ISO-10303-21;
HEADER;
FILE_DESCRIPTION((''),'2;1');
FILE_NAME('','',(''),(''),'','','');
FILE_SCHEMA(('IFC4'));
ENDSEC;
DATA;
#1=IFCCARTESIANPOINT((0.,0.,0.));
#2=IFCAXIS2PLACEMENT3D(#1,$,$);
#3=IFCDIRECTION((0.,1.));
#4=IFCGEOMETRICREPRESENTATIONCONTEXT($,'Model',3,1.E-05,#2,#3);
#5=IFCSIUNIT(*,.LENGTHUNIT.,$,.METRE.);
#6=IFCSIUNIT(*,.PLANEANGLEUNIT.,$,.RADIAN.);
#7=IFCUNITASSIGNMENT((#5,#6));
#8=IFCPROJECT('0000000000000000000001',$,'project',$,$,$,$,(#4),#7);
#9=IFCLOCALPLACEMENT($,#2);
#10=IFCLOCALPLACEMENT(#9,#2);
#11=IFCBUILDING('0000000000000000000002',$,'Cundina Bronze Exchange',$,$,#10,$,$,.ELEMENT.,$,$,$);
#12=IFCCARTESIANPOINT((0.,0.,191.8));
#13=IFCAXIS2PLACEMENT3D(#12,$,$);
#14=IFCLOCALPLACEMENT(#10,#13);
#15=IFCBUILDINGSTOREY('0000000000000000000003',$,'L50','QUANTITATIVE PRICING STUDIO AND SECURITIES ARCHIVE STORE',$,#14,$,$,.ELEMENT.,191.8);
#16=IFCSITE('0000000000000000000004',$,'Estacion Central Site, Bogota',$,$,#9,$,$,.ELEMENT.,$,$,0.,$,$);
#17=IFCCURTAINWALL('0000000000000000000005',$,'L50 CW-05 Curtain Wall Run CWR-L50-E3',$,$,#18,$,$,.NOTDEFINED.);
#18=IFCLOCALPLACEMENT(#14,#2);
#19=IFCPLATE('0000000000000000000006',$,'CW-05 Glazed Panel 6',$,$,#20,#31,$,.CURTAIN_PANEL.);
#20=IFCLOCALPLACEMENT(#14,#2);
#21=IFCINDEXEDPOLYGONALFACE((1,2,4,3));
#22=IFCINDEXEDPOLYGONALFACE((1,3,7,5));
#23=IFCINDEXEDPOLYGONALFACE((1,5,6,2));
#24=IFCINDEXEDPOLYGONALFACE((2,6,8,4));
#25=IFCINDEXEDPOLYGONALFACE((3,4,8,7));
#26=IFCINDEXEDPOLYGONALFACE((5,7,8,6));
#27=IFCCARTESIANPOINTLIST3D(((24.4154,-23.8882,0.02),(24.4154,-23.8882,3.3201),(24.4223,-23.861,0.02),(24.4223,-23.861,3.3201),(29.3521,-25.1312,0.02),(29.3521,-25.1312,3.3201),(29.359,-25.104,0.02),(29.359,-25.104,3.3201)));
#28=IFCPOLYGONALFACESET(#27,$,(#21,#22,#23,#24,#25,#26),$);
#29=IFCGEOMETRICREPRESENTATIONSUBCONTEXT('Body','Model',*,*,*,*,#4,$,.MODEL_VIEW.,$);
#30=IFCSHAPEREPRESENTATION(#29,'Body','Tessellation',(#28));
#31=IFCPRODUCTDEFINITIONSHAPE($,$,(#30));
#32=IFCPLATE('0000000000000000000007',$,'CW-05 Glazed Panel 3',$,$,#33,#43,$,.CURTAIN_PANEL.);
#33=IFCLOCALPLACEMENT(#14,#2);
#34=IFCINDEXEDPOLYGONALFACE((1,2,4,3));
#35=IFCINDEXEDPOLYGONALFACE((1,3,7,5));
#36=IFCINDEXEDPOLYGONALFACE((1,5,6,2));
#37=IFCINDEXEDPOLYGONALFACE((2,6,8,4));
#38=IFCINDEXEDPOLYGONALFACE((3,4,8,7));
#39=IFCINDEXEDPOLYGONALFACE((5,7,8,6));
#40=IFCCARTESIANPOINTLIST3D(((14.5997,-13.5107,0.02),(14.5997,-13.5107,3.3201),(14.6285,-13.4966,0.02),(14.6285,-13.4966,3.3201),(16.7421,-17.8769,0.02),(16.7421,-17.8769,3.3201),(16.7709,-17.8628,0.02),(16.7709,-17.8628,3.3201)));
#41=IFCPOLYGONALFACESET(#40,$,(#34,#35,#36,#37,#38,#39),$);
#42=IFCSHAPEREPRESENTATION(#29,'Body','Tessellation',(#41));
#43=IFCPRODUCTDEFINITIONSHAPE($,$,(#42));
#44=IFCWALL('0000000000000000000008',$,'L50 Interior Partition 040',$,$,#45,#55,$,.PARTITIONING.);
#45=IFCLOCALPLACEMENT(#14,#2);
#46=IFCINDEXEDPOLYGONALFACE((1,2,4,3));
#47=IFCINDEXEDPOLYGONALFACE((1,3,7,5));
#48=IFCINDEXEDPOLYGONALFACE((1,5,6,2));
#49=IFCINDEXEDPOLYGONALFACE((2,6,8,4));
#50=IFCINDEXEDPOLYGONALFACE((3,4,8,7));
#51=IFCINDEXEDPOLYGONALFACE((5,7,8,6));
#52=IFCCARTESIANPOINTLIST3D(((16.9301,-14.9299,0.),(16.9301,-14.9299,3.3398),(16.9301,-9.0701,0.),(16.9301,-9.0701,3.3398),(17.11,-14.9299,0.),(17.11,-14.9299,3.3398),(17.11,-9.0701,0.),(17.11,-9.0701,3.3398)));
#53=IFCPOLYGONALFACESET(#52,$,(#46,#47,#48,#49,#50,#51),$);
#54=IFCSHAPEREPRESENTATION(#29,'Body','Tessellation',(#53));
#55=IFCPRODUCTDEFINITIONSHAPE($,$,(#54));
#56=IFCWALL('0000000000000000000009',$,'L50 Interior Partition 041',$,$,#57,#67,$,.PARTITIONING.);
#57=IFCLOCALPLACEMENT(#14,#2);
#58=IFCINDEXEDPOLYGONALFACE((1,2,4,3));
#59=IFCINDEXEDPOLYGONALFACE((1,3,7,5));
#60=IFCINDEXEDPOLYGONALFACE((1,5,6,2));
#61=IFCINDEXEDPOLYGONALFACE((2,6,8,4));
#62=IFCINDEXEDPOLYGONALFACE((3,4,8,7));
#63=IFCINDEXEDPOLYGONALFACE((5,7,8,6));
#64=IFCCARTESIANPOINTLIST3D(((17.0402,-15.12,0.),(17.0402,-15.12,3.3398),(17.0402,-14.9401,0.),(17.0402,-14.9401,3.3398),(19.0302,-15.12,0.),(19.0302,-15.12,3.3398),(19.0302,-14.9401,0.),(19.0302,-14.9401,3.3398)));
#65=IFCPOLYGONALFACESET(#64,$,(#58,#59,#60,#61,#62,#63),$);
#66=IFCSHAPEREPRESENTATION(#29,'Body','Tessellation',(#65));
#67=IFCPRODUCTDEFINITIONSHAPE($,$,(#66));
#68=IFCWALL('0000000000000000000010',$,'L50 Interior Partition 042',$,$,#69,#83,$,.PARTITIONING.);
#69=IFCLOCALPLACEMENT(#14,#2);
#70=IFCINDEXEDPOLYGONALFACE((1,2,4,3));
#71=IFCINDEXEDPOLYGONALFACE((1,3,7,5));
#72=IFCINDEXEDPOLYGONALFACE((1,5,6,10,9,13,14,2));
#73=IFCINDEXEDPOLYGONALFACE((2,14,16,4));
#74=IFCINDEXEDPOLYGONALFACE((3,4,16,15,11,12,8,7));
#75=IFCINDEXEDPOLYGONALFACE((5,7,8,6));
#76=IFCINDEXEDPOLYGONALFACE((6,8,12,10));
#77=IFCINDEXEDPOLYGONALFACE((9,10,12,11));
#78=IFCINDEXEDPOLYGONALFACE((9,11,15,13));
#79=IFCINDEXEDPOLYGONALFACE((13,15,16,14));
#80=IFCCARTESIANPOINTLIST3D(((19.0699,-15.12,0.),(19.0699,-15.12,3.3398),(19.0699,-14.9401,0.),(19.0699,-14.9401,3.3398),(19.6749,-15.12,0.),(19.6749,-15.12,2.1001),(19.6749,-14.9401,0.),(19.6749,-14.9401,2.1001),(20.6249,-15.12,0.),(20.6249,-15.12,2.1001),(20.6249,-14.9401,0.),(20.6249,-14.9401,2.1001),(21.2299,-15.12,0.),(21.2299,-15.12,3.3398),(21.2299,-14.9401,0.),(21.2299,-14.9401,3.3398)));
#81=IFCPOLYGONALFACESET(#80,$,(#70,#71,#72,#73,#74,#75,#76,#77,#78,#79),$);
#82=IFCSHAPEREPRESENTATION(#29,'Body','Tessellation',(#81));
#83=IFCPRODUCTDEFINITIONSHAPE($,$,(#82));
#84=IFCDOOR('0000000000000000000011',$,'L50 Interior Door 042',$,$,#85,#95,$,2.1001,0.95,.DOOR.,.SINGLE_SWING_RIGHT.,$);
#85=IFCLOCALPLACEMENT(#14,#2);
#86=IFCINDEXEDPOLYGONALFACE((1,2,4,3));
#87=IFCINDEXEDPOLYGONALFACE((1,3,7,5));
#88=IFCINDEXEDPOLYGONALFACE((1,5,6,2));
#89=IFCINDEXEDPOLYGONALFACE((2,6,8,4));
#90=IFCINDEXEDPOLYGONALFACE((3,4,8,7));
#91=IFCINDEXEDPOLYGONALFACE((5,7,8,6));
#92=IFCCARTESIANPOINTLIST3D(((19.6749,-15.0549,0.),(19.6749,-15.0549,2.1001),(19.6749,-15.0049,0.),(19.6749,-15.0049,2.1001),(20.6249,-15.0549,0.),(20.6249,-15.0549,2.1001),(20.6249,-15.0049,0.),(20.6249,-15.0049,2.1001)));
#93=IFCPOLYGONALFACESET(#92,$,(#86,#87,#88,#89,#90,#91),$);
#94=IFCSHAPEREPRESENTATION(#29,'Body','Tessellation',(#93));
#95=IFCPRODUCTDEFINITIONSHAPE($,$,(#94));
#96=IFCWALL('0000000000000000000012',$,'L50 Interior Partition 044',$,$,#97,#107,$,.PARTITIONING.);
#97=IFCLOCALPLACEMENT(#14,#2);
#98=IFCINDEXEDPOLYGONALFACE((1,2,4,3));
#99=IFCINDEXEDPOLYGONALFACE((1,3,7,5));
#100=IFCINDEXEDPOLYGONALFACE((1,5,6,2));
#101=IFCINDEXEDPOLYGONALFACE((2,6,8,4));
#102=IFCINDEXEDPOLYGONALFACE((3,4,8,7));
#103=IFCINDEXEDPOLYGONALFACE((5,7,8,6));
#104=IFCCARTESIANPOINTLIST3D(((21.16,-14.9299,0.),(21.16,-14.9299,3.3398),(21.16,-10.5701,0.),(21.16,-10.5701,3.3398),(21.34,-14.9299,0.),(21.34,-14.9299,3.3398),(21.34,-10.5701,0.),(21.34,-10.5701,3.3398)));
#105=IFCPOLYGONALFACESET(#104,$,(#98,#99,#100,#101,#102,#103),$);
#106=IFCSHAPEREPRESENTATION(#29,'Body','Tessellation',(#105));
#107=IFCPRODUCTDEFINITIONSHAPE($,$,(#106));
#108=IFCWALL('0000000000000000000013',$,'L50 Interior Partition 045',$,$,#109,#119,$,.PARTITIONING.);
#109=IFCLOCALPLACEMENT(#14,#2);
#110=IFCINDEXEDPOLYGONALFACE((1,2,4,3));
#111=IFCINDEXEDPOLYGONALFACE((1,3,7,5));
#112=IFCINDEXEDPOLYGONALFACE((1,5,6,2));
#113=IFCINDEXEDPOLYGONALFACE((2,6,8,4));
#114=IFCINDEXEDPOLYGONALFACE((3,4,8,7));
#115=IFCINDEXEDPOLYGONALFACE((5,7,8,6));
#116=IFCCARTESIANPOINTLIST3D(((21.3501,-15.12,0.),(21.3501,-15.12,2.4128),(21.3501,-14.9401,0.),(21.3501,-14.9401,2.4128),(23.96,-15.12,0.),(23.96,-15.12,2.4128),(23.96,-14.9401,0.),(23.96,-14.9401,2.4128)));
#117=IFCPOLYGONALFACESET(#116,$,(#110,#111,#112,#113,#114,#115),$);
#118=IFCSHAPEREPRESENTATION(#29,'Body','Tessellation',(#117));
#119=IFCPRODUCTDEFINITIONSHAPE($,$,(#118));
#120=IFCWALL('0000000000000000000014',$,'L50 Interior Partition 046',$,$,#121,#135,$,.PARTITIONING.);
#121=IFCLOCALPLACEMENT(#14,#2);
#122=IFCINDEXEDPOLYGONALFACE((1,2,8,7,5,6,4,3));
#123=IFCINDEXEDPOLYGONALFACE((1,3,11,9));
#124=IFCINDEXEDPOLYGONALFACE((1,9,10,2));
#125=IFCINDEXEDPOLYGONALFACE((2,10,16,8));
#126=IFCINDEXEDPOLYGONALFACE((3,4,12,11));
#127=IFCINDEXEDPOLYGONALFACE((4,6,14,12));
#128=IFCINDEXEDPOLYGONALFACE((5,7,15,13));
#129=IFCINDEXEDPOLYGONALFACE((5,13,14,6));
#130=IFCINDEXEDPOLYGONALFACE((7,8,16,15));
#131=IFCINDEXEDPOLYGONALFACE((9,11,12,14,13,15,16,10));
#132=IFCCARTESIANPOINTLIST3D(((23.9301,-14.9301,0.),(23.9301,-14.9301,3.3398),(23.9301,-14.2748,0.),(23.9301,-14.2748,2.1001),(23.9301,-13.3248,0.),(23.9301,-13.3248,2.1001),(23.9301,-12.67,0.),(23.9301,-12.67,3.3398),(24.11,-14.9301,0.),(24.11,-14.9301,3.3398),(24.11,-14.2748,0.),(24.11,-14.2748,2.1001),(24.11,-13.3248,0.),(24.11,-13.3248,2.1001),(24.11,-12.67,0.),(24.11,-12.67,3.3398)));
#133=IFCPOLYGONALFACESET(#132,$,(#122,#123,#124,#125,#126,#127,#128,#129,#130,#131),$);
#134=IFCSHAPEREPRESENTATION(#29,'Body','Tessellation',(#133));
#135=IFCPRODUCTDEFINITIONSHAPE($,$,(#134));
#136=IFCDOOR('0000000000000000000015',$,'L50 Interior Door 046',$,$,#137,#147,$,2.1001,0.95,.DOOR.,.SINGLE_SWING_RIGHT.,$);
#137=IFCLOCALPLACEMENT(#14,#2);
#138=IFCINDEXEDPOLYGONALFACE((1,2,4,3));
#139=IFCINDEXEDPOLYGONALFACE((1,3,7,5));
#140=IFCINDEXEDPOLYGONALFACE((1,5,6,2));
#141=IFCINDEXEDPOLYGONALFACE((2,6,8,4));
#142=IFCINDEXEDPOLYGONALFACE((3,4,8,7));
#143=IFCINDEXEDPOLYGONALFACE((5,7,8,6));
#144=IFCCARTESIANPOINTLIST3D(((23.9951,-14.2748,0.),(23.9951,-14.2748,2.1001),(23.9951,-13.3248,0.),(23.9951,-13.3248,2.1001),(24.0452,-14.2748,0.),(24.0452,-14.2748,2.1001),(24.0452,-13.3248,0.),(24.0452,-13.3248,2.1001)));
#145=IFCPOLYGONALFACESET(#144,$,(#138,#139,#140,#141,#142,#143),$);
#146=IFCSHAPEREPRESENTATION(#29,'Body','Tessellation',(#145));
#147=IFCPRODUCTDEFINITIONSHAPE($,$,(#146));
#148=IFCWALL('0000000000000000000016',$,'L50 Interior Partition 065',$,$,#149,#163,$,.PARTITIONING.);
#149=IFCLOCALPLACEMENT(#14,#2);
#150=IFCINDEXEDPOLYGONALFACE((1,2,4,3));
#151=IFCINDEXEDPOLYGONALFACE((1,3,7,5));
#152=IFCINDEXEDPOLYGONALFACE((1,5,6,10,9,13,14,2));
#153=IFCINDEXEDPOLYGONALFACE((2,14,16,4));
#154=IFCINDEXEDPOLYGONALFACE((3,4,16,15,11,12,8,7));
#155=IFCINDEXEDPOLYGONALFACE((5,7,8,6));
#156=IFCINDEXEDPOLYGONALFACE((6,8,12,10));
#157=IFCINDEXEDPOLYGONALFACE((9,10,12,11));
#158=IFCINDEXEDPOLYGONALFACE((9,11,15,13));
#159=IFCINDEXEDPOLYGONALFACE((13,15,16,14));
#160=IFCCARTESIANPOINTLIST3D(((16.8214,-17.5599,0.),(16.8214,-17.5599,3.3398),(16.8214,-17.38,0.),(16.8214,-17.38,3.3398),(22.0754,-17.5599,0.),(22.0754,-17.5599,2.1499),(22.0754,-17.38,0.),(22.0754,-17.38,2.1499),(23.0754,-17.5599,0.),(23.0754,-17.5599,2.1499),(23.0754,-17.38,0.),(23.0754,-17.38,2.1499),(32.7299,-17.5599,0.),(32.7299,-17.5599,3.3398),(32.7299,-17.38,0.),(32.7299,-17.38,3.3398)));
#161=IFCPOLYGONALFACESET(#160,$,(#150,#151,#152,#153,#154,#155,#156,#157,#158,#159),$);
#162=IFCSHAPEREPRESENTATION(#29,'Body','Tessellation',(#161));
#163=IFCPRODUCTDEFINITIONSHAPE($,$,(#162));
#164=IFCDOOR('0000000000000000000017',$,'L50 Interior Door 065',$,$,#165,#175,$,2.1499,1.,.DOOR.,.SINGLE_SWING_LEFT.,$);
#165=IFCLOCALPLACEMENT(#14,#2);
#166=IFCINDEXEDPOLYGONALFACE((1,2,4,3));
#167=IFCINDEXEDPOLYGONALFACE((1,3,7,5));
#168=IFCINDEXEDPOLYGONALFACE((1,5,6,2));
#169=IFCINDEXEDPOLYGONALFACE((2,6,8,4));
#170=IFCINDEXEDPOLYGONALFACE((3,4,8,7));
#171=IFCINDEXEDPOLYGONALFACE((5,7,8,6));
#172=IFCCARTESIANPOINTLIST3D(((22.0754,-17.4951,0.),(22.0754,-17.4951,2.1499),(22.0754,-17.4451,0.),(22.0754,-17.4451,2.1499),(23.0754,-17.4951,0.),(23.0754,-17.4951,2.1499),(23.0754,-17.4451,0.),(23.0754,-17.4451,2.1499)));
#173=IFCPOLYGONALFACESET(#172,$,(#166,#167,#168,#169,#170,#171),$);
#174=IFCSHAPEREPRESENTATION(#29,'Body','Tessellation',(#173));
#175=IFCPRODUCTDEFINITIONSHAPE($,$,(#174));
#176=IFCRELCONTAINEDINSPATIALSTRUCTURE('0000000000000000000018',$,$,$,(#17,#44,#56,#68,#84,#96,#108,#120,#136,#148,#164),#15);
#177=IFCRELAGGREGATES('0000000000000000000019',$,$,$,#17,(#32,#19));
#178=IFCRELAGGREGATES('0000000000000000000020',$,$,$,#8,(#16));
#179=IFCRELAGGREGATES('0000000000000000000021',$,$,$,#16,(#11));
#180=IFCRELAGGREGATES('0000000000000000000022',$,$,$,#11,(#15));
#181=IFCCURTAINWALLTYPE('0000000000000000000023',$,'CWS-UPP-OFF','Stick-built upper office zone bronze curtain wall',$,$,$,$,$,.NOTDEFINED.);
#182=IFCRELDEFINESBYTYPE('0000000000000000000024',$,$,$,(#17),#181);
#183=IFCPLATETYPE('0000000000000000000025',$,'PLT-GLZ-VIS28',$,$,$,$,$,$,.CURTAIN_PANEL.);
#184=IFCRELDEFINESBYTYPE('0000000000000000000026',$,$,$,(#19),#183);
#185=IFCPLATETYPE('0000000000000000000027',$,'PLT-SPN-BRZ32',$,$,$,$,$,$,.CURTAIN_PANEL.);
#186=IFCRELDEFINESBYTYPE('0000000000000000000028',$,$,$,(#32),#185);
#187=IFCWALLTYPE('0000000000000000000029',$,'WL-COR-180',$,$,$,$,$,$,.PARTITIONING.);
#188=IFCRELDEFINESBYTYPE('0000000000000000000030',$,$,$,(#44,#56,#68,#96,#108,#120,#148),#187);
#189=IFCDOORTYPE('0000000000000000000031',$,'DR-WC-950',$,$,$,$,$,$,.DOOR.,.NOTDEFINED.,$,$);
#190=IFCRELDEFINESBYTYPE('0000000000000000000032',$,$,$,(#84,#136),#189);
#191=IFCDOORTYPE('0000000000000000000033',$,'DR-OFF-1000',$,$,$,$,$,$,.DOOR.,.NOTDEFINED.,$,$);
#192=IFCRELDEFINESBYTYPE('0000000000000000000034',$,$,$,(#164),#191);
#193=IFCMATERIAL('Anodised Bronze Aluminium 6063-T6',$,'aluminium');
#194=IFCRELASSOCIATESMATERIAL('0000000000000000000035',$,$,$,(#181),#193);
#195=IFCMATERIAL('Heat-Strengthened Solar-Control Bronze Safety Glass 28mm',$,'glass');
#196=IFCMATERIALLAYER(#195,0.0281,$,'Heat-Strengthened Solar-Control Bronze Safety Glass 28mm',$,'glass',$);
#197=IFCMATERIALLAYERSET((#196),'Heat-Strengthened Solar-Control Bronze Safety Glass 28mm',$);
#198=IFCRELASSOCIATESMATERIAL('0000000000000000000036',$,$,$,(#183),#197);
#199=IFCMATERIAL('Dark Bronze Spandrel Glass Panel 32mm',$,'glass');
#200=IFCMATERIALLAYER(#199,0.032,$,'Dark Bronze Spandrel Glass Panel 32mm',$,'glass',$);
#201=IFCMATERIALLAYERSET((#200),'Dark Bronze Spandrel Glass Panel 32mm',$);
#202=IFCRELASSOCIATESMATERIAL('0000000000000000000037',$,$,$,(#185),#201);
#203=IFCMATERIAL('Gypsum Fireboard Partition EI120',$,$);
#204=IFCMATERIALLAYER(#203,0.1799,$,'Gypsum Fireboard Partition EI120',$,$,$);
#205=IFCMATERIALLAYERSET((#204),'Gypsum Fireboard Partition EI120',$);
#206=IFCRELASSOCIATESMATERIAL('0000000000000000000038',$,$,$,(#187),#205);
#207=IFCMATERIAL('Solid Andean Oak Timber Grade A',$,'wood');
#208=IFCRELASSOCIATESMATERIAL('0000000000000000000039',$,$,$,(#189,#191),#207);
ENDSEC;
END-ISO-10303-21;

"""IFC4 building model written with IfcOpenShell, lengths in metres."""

from ifc_helpers import new_model, si_unit, direction, frame, frame_2d, origin, origin_2d, place, context, subcontext, project, spatial, rectangle, extrude, material, layer, layer_set, type_object, element, fill, aggregate, save


model = new_model("IFC4")

# Units and contexts
model_context = context("Model", 3, precision=1e-05, world=origin(), true_north=direction((0.0, 1.0)))
body_context = subcontext(model_context, "Body", "Model", "MODEL_VIEW")
ifc_project = project(units=[si_unit("LENGTHUNIT", "METRE"), si_unit("PLANEANGLEUNIT", "RADIAN")], contexts=[model_context])

# Site, building, storey
site_placement = place(None, origin())
site = spatial("IfcSite", under=ifc_project, at=site_placement, Name="Estacion Central Site, Bogota", CompositionType="ELEMENT", RefElevation=0.0)
building_placement = place(site_placement, origin())
building = spatial("IfcBuilding", under=site, at=building_placement, Name="Cundina Bronze Exchange", CompositionType="ELEMENT")
storey_placement = place(building_placement, frame((0.0, 0.0, 191.8)))
storey = spatial("IfcBuildingStorey", under=building, at=storey_placement, Name="L50", Description="QUANTITATIVE PRICING STUDIO AND SECURITIES ARCHIVE STORE", CompositionType="ELEMENT", Elevation=191.8)

# Curtain wall, plates
ifc_material_1 = material(Name="Anodised Bronze Aluminium 6063-T6", Category="aluminium")
curtain_wall_type = type_object("IfcCurtainWallType", Name="CWS-UPP-OFF", Description="Stick-built upper office zone bronze curtain wall", PredefinedType="NOTDEFINED", material=ifc_material_1)
curtain_wall_placement = place(storey_placement, origin())
curtain_wall = element("IfcCurtainWall", 1, at=curtain_wall_placement, inside=storey, type_object=curtain_wall_type, Name="L50 CW-05 Curtain Wall Run CWR-L50-E3", PredefinedType="NOTDEFINED")
ifc_material_2 = material(Name="Heat-Strengthened Solar-Control Bronze Safety Glass 28mm", Category="glass")
ifc_layer_1 = layer(ifc_material_2, 0.0281, Name="Heat-Strengthened Solar-Control Bronze Safety Glass 28mm", Category="glass")
ifc_layer_set_1 = layer_set([ifc_layer_1], Name="Heat-Strengthened Solar-Control Bronze Safety Glass 28mm")
plate_type_1 = type_object("IfcPlateType", Name="PLT-GLZ-VIS28", PredefinedType="CURTAIN_PANEL", material=ifc_layer_set_1)
plate_1_placement = place(storey_placement, frame((26.8872, -24.4961, 0.02), z_axis=(0.0, 0.0, 1.0), x_axis=(0.969732, -0.244174, 0.0)))
plate_1 = element("IfcPlate", 2, at=plate_1_placement, type_object=plate_type_1, Name="CW-05 Glazed Panel 6", PredefinedType="CURTAIN_PANEL", context=body_context, shape_type="SweptSolid", body=[
    extrude(rectangle(XDim=5.0908, YDim=0.0281, at=origin_2d()), origin(), (0.0, 0.0, 1.0), 3.3),
])
ifc_material_3 = material(Name="Dark Bronze Spandrel Glass Panel 32mm", Category="glass")
ifc_layer_2 = layer(ifc_material_3, 0.032, Name="Dark Bronze Spandrel Glass Panel 32mm", Category="glass")
ifc_layer_set_2 = layer_set([ifc_layer_2], Name="Dark Bronze Spandrel Glass Panel 32mm")
plate_type_2 = type_object("IfcPlateType", Name="PLT-SPN-BRZ32", PredefinedType="CURTAIN_PANEL", material=ifc_layer_set_2)
plate_2_placement = place(storey_placement, frame((15.6853, -15.6868, 0.02), z_axis=(0.0, 0.0, 1.0), x_axis=(0.440503, -0.897751, 0.0)))
plate_2 = element("IfcPlate", 3, at=plate_2_placement, type_object=plate_type_2, Name="CW-05 Glazed Panel 3", PredefinedType="CURTAIN_PANEL", context=body_context, shape_type="SweptSolid", body=[
    extrude(rectangle(XDim=4.8635, YDim=0.032, at=origin_2d()), origin(), (0.0, 0.0, 1.0), 3.3),
])
aggregate(curtain_wall, [plate_2, plate_1])

# Walls
ifc_material_4 = material(Name="Gypsum Fireboard Partition EI120")
ifc_layer_3 = layer(ifc_material_4, 0.1799, Name="Gypsum Fireboard Partition EI120")
ifc_layer_set_3 = layer_set([ifc_layer_3], Name="Gypsum Fireboard Partition EI120")
wall_type_1 = type_object("IfcWallType", Name="WL-COR-180", PredefinedType="PARTITIONING", material=ifc_layer_set_3)
wall_1_placement = place(storey_placement, frame((17.02, -14.9299, 0.0), z_axis=(0.0, 0.0, 1.0), x_axis=(0.0, 1.0, 0.0)))
element("IfcWall", 4, at=wall_1_placement, inside=storey, type_object=wall_type_1, Name="L50 Interior Partition 040", PredefinedType="PARTITIONING", context=body_context, shape_type="SweptSolid", body=[
    extrude(rectangle(XDim=5.8599, YDim=0.1799, at=frame_2d((2.9299, 0.0))), origin(), (0.0, 0.0, 1.0), 3.3398),
])
wall_2_placement = place(storey_placement, frame((17.04, -15.03, 0.0), z_axis=(0.0, 0.0, 1.0), x_axis=(1.0, 0.0, 0.0)))
element("IfcWall", 5, at=wall_2_placement, inside=storey, type_object=wall_type_1, Name="L50 Interior Partition 041", PredefinedType="PARTITIONING", context=body_context, shape_type="SweptSolid", body=[
    extrude(rectangle(XDim=1.99, YDim=0.1799, at=frame_2d((0.9951, 0.0))), origin(), (0.0, 0.0, 1.0), 3.3398),
])

# Wall, opening, door
wall_3_placement = place(storey_placement, frame((21.23, -15.03, 0.0), z_axis=(0.0, 0.0, 1.0), x_axis=(-1.0, 0.0, 0.0)))
wall_3 = element("IfcWall", 6, at=wall_3_placement, inside=storey, type_object=wall_type_1, Name="L50 Interior Partition 042", PredefinedType="PARTITIONING", context=body_context, shape_type="SweptSolid", body=[
    extrude(rectangle(XDim=2.1599, YDim=0.1799, at=frame_2d((1.0801, 0.0))), origin(), (0.0, 0.0, 1.0), 3.3398),
])
opening_1_placement = place(wall_3_placement, frame((0.605, 0.0, 0.0)))
opening_1 = element("IfcOpeningElement", 7, at=opening_1_placement, cuts=wall_3, PredefinedType="OPENING", context=body_context, shape_type="SweptSolid", body=[
    extrude(rectangle(XDim=0.95, YDim=2.1001, at=frame_2d((0.4751, 1.05))), frame((0.0, 0.0999, 0.0), z_axis=(0.0, -1.0, 0.0), x_axis=(1.0, 0.0, 0.0)), (0.0, 0.0, 1.0), 0.2),
])
ifc_material_5 = material(Name="Solid Andean Oak Timber Grade A", Category="wood")
door_type_1 = type_object("IfcDoorType", Name="DR-WC-950", OperationType="NOTDEFINED", PredefinedType="DOOR", material=ifc_material_5)
door_1_placement = place(opening_1_placement, origin())
door_1 = element("IfcDoor", 8, at=door_1_placement, inside=storey, type_object=door_type_1, Name="L50 Interior Door 042", OperationType="SINGLE_SWING_RIGHT", OverallHeight=2.1001, OverallWidth=0.95, PredefinedType="DOOR", context=body_context, shape_type="SweptSolid", body=[
    extrude(rectangle(XDim=0.95, YDim=2.1001, at=frame_2d((0.4751, 1.05))), frame((0.0, 0.0249, 0.0), z_axis=(0.0, -1.0, 0.0), x_axis=(1.0, 0.0, 0.0)), (0.0, 0.0, 1.0), 0.05),
])
fill(opening_1, door_1)

# Walls
wall_4_placement = place(storey_placement, frame((21.25, -14.9299, 0.0), z_axis=(0.0, 0.0, 1.0), x_axis=(0.0, 1.0, 0.0)))
element("IfcWall", 9, at=wall_4_placement, inside=storey, type_object=wall_type_1, Name="L50 Interior Partition 044", PredefinedType="PARTITIONING", context=body_context, shape_type="SweptSolid", body=[
    extrude(rectangle(XDim=4.3599, YDim=0.1799, at=frame_2d((2.1799, 0.0))), origin(), (0.0, 0.0, 1.0), 3.3398),
])
wall_5_placement = place(storey_placement, frame((21.3501, -15.03, 0.0), z_axis=(0.0, 0.0, 1.0), x_axis=(1.0, 0.0, 0.0)))
element("IfcWall", 10, at=wall_5_placement, inside=storey, type_object=wall_type_1, Name="L50 Interior Partition 045", PredefinedType="PARTITIONING", context=body_context, shape_type="SweptSolid", body=[
    extrude(rectangle(XDim=2.6099, YDim=0.1799, at=frame_2d((1.3049, 0.0))), origin(), (0.0, 0.0, 1.0), 2.4128),
])

# Walls, openings, doors
wall_6_placement = place(storey_placement, frame((24.02, -14.9299, 0.0), z_axis=(0.0, 0.0, 1.0), x_axis=(0.0, 1.0, 0.0)))
wall_6 = element("IfcWall", 11, at=wall_6_placement, inside=storey, type_object=wall_type_1, Name="L50 Interior Partition 046", PredefinedType="PARTITIONING", context=body_context, shape_type="SweptSolid", body=[
    extrude(rectangle(XDim=2.26, YDim=0.1799, at=frame_2d((1.1299, 0.0))), origin(), (0.0, 0.0, 1.0), 3.3398),
])
opening_2_placement = place(wall_6_placement, frame((0.655, 0.0, 0.0)))
opening_2 = element("IfcOpeningElement", 12, at=opening_2_placement, cuts=wall_6, PredefinedType="OPENING", context=body_context, shape_type="SweptSolid", body=[
    extrude(rectangle(XDim=0.95, YDim=2.1001, at=frame_2d((0.4751, 1.05))), frame((0.0, 0.0999, 0.0), z_axis=(0.0, -1.0, 0.0), x_axis=(1.0, 0.0, 0.0)), (0.0, 0.0, 1.0), 0.2),
])
door_2_placement = place(opening_2_placement, origin())
door_2 = element("IfcDoor", 13, at=door_2_placement, inside=storey, type_object=door_type_1, Name="L50 Interior Door 046", OperationType="SINGLE_SWING_RIGHT", OverallHeight=2.1001, OverallWidth=0.95, PredefinedType="DOOR", context=body_context, shape_type="SweptSolid", body=[
    extrude(rectangle(XDim=0.95, YDim=2.1001, at=frame_2d((0.4751, 1.05))), frame((0.0, 0.0249, 0.0), z_axis=(0.0, -1.0, 0.0), x_axis=(1.0, 0.0, 0.0)), (0.0, 0.0, 1.0), 0.05),
])
fill(opening_2, door_2)
wall_7_placement = place(storey_placement, frame((16.8215, -17.47, 0.0), z_axis=(0.0, 0.0, 1.0), x_axis=(1.0, 0.0, 0.0)))
wall_7 = element("IfcWall", 14, at=wall_7_placement, inside=storey, type_object=wall_type_1, Name="L50 Interior Partition 065", PredefinedType="PARTITIONING", context=body_context, shape_type="SweptSolid", body=[
    extrude(rectangle(XDim=15.9084, YDim=0.1799, at=frame_2d((7.9541, 0.0))), origin(), (0.0, 0.0, 1.0), 3.3398),
])
opening_3_placement = place(wall_7_placement, frame((5.2539, 0.0, 0.0)))
opening_3 = element("IfcOpeningElement", 15, at=opening_3_placement, cuts=wall_7, PredefinedType="OPENING", context=body_context, shape_type="SweptSolid", body=[
    extrude(rectangle(XDim=1.0, YDim=2.1499, at=frame_2d((0.5, 1.075))), frame((0.0, 0.0999, 0.0), z_axis=(0.0, -1.0, 0.0), x_axis=(1.0, 0.0, 0.0)), (0.0, 0.0, 1.0), 0.2),
])
door_type_2 = type_object("IfcDoorType", Name="DR-OFF-1000", OperationType="NOTDEFINED", PredefinedType="DOOR", material=ifc_material_5)
door_3_placement = place(opening_3_placement, origin())
door_3 = element("IfcDoor", 16, at=door_3_placement, inside=storey, type_object=door_type_2, Name="L50 Interior Door 065", OperationType="SINGLE_SWING_LEFT", OverallHeight=2.1499, OverallWidth=1.0, PredefinedType="DOOR", context=body_context, shape_type="SweptSolid", body=[
    extrude(rectangle(XDim=1.0, YDim=2.1499, at=frame_2d((0.5, 1.075))), frame((0.0, 0.0249, 0.0), z_axis=(0.0, -1.0, 0.0), x_axis=(1.0, 0.0, 0.0)), (0.0, 0.0, 1.0), 0.05),
])
fill(opening_3, door_3)

save(model, "model.ifc")
